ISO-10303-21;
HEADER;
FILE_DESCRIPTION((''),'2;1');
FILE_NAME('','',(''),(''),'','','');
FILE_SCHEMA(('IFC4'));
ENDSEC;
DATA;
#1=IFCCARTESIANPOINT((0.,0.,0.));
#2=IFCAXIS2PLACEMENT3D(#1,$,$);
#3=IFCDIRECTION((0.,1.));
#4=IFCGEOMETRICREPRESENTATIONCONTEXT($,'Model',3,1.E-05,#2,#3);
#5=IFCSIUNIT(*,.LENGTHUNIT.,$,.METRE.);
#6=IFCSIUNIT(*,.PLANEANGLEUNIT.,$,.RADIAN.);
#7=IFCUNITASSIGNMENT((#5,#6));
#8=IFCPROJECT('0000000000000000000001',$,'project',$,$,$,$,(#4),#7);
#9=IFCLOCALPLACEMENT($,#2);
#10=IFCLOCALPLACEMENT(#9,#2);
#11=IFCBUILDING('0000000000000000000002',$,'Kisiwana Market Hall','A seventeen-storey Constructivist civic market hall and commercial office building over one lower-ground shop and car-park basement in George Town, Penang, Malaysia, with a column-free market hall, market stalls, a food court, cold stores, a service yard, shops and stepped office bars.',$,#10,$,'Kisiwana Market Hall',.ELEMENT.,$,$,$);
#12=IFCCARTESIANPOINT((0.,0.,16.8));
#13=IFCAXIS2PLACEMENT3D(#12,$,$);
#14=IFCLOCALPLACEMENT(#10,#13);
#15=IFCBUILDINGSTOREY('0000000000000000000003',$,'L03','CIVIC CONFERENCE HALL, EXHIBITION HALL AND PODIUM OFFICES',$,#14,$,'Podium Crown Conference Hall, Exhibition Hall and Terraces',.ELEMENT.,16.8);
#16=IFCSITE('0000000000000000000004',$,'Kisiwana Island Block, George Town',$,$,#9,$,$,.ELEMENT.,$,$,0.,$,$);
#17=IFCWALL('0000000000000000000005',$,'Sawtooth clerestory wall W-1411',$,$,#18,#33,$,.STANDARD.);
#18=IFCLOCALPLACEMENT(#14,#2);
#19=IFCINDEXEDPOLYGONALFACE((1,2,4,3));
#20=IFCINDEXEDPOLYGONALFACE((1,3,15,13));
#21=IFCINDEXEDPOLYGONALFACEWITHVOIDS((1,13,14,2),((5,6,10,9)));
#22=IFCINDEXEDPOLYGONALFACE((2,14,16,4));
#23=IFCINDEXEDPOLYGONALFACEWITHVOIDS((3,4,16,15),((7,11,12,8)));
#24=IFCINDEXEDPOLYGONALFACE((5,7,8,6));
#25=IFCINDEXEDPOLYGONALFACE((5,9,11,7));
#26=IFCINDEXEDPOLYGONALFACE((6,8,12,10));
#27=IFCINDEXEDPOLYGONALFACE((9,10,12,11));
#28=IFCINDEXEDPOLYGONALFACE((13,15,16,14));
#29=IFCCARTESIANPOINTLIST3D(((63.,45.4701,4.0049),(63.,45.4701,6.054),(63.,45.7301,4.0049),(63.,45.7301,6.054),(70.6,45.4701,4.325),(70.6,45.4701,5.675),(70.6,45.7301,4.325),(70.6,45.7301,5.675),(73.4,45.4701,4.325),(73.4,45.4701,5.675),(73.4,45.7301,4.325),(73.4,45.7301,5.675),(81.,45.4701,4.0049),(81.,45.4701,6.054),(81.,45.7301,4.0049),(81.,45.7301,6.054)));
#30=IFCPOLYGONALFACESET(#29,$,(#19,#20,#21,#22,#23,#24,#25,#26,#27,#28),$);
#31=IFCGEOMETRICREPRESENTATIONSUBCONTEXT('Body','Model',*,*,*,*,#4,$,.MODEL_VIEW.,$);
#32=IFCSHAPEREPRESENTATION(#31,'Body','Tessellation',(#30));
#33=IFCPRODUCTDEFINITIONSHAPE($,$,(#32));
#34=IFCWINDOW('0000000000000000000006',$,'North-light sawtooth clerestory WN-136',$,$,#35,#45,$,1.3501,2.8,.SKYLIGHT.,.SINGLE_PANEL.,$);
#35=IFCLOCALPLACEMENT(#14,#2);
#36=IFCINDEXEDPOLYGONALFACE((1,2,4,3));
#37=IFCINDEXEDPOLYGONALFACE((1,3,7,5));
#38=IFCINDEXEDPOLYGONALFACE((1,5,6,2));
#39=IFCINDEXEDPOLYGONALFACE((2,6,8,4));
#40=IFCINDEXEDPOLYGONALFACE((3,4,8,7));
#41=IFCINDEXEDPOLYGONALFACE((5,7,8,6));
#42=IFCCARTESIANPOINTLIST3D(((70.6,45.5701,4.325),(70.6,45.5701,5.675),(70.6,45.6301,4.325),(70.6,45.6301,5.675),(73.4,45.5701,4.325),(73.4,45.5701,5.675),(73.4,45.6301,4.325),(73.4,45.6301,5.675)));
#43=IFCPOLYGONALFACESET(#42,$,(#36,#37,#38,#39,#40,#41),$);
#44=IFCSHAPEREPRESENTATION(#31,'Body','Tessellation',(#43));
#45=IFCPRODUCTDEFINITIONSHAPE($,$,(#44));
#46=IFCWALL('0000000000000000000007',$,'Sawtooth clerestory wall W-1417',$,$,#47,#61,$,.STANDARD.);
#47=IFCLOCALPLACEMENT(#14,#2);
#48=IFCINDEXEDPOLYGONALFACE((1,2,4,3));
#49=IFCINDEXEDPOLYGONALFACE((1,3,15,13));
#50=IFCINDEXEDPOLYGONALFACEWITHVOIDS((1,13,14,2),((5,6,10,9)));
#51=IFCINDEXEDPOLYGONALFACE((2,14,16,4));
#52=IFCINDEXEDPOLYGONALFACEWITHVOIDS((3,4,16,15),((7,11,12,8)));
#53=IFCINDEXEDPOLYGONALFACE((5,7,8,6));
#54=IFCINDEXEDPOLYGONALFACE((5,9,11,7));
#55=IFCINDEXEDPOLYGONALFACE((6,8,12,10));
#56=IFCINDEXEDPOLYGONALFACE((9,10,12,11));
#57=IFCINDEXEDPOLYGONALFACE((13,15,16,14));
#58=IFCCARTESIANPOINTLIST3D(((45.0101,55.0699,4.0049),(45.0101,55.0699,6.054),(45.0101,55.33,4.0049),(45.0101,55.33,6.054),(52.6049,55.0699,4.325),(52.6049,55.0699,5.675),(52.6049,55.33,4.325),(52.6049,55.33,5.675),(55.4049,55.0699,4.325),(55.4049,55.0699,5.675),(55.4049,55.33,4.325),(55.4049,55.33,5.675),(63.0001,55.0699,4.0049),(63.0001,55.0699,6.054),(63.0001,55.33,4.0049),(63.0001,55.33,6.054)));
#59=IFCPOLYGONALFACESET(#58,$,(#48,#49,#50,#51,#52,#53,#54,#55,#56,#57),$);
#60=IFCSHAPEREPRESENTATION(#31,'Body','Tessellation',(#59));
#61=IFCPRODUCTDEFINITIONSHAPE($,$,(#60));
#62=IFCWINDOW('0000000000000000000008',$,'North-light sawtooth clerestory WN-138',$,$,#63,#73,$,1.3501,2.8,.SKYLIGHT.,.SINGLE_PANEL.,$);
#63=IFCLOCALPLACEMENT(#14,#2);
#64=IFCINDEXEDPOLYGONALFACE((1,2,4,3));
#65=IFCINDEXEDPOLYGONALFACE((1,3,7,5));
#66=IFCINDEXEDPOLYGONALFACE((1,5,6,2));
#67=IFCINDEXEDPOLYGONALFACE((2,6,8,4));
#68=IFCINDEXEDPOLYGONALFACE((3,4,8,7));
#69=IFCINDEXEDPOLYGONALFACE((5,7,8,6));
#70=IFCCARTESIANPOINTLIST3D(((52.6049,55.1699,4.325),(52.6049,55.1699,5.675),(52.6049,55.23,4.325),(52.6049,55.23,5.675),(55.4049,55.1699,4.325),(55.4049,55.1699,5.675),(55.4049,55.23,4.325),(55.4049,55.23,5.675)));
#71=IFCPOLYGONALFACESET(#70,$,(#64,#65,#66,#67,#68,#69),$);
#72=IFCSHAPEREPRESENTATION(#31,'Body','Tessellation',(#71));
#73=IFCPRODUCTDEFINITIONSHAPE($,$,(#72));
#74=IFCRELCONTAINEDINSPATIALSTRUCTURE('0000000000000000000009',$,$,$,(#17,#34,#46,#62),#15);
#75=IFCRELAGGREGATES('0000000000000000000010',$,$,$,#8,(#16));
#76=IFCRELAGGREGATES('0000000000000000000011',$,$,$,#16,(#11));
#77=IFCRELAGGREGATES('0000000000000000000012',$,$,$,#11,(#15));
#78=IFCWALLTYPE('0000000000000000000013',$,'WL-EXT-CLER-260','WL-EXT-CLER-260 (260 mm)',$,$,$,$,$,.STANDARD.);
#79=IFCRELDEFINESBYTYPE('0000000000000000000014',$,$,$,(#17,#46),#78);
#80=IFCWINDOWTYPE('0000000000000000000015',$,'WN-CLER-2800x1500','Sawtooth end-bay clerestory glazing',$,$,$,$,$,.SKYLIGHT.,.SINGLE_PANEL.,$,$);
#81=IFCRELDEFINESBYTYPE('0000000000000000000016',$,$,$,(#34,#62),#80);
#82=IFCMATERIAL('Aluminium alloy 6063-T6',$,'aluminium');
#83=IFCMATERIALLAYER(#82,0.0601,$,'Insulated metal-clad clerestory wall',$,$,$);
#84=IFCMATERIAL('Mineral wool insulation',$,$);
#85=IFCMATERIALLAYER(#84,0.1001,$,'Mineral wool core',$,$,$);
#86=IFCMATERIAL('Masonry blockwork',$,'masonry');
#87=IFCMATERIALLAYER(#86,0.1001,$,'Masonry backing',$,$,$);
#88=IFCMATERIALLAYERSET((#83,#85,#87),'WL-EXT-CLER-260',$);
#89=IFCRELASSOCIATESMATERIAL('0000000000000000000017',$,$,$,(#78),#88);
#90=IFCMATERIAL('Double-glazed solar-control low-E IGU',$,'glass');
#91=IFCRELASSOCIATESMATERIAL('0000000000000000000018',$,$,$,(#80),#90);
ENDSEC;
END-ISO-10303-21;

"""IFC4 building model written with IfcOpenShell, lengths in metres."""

from ifc_helpers import new_model, si_unit, direction, frame, frame_2d, origin, place, context, subcontext, project, spatial, rectangle, extrude, material, layer, layer_set, type_object, element, fill, save


model = new_model("IFC4")

# Units and contexts
model_context = context("Model", 3, precision=1e-05, world=origin(), true_north=direction((0.0, 1.0)))
body_context = subcontext(model_context, "Body", "Model", "MODEL_VIEW")
ifc_project = project(units=[si_unit("LENGTHUNIT", "METRE"), si_unit("PLANEANGLEUNIT", "RADIAN")], contexts=[model_context])

# Site, building, storey
site_placement = place(None, origin())
site = spatial("IfcSite", under=ifc_project, at=site_placement, Name="Kisiwana Island Block, George Town", CompositionType="ELEMENT", RefElevation=0.0)
building_placement = place(site_placement, origin())
building = spatial("IfcBuilding", under=site, at=building_placement, Name="Kisiwana Market Hall", Description="A seventeen-storey Constructivist civic market hall and commercial office building over one lower-ground shop and car-park basement in George Town, Penang, Malaysia, with a column-free market hall, market stalls, a food court, cold stores, a service yard, shops and stepped office bars.", LongName="Kisiwana Market Hall", CompositionType="ELEMENT")
storey_placement = place(building_placement, frame((0.0, 0.0, 16.8)))
storey = spatial("IfcBuildingStorey", under=building, at=storey_placement, Name="L03", Description="CIVIC CONFERENCE HALL, EXHIBITION HALL AND PODIUM OFFICES", LongName="Podium Crown Conference Hall, Exhibition Hall and Terraces", CompositionType="ELEMENT", Elevation=16.8)

# Walls, openings, windows
ifc_material_1 = material(Name="Aluminium alloy 6063-T6", Category="aluminium")
ifc_layer_1 = layer(ifc_material_1, 0.0601, Name="Insulated metal-clad clerestory wall")
ifc_material_2 = material(Name="Mineral wool insulation")
ifc_layer_2 = layer(ifc_material_2, 0.1001, Name="Mineral wool core")
ifc_material_3 = material(Name="Masonry blockwork", Category="masonry")
ifc_layer_3 = layer(ifc_material_3, 0.1001, Name="Masonry backing")
ifc_layer_set_1 = layer_set([ifc_layer_1, ifc_layer_2, ifc_layer_3], Name="WL-EXT-CLER-260")
wall_type = type_object("IfcWallType", Name="WL-EXT-CLER-260", Description="WL-EXT-CLER-260 (260 mm)", PredefinedType="STANDARD", material=ifc_layer_set_1)
wall_1_placement = place(storey_placement, frame((63.0, 45.6001, 4.0049), z_axis=(0.0, 0.0, 1.0), x_axis=(1.0, 0.0, 0.0)))
wall_1 = element("IfcWall", 1, at=wall_1_placement, inside=storey, type_object=wall_type, Name="Sawtooth clerestory wall W-1411", PredefinedType="STANDARD", context=body_context, shape_type="SweptSolid", body=[
    extrude(rectangle(XDim=18.0, YDim=0.26, at=frame_2d((9.0, 0.0))), origin(), (0.0, 0.0, 1.0), 2.0491),
])
opening_1_placement = place(wall_1_placement, frame((7.6001, 0.0, 0.3201)))
opening_1 = element("IfcOpeningElement", 2, at=opening_1_placement, cuts=wall_1, PredefinedType="OPENING", context=body_context, shape_type="SweptSolid", body=[
    extrude(rectangle(XDim=2.8, YDim=1.3501, at=frame_2d((1.3999, 0.675))), frame((0.0, 0.1421, 0.0), z_axis=(0.0, -1.0, 0.0), x_axis=(1.0, 0.0, 0.0)), (0.0, 0.0, 1.0), 0.2839),
])
ifc_material_4 = material(Name="Double-glazed solar-control low-E IGU", Category="glass")
window_type_1 = type_object("IfcWindowType", Name="WN-CLER-2800x1500", Description="Sawtooth end-bay clerestory glazing", PartitioningType="SINGLE_PANEL", PredefinedType="SKYLIGHT", material=ifc_material_4)
window_1_placement = place(opening_1_placement, origin())
window_1 = element("IfcWindow", 3, at=window_1_placement, inside=storey, type_object=window_type_1, Name="North-light sawtooth clerestory WN-136", OverallHeight=1.3501, OverallWidth=2.8, PartitioningType="SINGLE_PANEL", PredefinedType="SKYLIGHT", context=body_context, shape_type="SweptSolid", body=[
    extrude(rectangle(XDim=2.8, YDim=1.3501, at=frame_2d((1.3999, 0.675))), frame((0.0, 0.03, 0.0), z_axis=(0.0, -1.0, 0.0), x_axis=(1.0, 0.0, 0.0)), (0.0, 0.0, 1.0), 0.0601),
])
fill(opening_1, window_1)
wall_2_placement = place(storey_placement, frame((45.01, 55.2, 4.0049), z_axis=(0.0, 0.0, 1.0), x_axis=(1.0, 0.0, 0.0)))
wall_2 = element("IfcWall", 4, at=wall_2_placement, inside=storey, type_object=wall_type, Name="Sawtooth clerestory wall W-1417", PredefinedType="STANDARD", context=body_context, shape_type="SweptSolid", body=[
    extrude(rectangle(XDim=17.99, YDim=0.26, at=frame_2d((8.9951, 0.0))), origin(), (0.0, 0.0, 1.0), 2.0491),
])
opening_2_placement = place(wall_2_placement, frame((7.595, 0.0, 0.3201)))
opening_2 = element("IfcOpeningElement", 5, at=opening_2_placement, cuts=wall_2, PredefinedType="OPENING", context=body_context, shape_type="SweptSolid", body=[
    extrude(rectangle(XDim=2.8, YDim=1.3501, at=frame_2d((1.3999, 0.675))), frame((0.0, 0.1421, 0.0), z_axis=(0.0, -1.0, 0.0), x_axis=(1.0, 0.0, 0.0)), (0.0, 0.0, 1.0), 0.2839),
])
window_2_placement = place(opening_2_placement, origin())
window_2 = element("IfcWindow", 6, at=window_2_placement, inside=storey, type_object=window_type_1, Name="North-light sawtooth clerestory WN-138", OverallHeight=1.3501, OverallWidth=2.8, PartitioningType="SINGLE_PANEL", PredefinedType="SKYLIGHT", context=body_context, shape_type="SweptSolid", body=[
    extrude(rectangle(XDim=2.8, YDim=1.3501, at=frame_2d((1.3999, 0.675))), frame((0.0, 0.03, 0.0), z_axis=(0.0, -1.0, 0.0), x_axis=(1.0, 0.0, 0.0)), (0.0, 0.0, 1.0), 0.0601),
])
fill(opening_2, window_2)

save(model, "model.ifc")
